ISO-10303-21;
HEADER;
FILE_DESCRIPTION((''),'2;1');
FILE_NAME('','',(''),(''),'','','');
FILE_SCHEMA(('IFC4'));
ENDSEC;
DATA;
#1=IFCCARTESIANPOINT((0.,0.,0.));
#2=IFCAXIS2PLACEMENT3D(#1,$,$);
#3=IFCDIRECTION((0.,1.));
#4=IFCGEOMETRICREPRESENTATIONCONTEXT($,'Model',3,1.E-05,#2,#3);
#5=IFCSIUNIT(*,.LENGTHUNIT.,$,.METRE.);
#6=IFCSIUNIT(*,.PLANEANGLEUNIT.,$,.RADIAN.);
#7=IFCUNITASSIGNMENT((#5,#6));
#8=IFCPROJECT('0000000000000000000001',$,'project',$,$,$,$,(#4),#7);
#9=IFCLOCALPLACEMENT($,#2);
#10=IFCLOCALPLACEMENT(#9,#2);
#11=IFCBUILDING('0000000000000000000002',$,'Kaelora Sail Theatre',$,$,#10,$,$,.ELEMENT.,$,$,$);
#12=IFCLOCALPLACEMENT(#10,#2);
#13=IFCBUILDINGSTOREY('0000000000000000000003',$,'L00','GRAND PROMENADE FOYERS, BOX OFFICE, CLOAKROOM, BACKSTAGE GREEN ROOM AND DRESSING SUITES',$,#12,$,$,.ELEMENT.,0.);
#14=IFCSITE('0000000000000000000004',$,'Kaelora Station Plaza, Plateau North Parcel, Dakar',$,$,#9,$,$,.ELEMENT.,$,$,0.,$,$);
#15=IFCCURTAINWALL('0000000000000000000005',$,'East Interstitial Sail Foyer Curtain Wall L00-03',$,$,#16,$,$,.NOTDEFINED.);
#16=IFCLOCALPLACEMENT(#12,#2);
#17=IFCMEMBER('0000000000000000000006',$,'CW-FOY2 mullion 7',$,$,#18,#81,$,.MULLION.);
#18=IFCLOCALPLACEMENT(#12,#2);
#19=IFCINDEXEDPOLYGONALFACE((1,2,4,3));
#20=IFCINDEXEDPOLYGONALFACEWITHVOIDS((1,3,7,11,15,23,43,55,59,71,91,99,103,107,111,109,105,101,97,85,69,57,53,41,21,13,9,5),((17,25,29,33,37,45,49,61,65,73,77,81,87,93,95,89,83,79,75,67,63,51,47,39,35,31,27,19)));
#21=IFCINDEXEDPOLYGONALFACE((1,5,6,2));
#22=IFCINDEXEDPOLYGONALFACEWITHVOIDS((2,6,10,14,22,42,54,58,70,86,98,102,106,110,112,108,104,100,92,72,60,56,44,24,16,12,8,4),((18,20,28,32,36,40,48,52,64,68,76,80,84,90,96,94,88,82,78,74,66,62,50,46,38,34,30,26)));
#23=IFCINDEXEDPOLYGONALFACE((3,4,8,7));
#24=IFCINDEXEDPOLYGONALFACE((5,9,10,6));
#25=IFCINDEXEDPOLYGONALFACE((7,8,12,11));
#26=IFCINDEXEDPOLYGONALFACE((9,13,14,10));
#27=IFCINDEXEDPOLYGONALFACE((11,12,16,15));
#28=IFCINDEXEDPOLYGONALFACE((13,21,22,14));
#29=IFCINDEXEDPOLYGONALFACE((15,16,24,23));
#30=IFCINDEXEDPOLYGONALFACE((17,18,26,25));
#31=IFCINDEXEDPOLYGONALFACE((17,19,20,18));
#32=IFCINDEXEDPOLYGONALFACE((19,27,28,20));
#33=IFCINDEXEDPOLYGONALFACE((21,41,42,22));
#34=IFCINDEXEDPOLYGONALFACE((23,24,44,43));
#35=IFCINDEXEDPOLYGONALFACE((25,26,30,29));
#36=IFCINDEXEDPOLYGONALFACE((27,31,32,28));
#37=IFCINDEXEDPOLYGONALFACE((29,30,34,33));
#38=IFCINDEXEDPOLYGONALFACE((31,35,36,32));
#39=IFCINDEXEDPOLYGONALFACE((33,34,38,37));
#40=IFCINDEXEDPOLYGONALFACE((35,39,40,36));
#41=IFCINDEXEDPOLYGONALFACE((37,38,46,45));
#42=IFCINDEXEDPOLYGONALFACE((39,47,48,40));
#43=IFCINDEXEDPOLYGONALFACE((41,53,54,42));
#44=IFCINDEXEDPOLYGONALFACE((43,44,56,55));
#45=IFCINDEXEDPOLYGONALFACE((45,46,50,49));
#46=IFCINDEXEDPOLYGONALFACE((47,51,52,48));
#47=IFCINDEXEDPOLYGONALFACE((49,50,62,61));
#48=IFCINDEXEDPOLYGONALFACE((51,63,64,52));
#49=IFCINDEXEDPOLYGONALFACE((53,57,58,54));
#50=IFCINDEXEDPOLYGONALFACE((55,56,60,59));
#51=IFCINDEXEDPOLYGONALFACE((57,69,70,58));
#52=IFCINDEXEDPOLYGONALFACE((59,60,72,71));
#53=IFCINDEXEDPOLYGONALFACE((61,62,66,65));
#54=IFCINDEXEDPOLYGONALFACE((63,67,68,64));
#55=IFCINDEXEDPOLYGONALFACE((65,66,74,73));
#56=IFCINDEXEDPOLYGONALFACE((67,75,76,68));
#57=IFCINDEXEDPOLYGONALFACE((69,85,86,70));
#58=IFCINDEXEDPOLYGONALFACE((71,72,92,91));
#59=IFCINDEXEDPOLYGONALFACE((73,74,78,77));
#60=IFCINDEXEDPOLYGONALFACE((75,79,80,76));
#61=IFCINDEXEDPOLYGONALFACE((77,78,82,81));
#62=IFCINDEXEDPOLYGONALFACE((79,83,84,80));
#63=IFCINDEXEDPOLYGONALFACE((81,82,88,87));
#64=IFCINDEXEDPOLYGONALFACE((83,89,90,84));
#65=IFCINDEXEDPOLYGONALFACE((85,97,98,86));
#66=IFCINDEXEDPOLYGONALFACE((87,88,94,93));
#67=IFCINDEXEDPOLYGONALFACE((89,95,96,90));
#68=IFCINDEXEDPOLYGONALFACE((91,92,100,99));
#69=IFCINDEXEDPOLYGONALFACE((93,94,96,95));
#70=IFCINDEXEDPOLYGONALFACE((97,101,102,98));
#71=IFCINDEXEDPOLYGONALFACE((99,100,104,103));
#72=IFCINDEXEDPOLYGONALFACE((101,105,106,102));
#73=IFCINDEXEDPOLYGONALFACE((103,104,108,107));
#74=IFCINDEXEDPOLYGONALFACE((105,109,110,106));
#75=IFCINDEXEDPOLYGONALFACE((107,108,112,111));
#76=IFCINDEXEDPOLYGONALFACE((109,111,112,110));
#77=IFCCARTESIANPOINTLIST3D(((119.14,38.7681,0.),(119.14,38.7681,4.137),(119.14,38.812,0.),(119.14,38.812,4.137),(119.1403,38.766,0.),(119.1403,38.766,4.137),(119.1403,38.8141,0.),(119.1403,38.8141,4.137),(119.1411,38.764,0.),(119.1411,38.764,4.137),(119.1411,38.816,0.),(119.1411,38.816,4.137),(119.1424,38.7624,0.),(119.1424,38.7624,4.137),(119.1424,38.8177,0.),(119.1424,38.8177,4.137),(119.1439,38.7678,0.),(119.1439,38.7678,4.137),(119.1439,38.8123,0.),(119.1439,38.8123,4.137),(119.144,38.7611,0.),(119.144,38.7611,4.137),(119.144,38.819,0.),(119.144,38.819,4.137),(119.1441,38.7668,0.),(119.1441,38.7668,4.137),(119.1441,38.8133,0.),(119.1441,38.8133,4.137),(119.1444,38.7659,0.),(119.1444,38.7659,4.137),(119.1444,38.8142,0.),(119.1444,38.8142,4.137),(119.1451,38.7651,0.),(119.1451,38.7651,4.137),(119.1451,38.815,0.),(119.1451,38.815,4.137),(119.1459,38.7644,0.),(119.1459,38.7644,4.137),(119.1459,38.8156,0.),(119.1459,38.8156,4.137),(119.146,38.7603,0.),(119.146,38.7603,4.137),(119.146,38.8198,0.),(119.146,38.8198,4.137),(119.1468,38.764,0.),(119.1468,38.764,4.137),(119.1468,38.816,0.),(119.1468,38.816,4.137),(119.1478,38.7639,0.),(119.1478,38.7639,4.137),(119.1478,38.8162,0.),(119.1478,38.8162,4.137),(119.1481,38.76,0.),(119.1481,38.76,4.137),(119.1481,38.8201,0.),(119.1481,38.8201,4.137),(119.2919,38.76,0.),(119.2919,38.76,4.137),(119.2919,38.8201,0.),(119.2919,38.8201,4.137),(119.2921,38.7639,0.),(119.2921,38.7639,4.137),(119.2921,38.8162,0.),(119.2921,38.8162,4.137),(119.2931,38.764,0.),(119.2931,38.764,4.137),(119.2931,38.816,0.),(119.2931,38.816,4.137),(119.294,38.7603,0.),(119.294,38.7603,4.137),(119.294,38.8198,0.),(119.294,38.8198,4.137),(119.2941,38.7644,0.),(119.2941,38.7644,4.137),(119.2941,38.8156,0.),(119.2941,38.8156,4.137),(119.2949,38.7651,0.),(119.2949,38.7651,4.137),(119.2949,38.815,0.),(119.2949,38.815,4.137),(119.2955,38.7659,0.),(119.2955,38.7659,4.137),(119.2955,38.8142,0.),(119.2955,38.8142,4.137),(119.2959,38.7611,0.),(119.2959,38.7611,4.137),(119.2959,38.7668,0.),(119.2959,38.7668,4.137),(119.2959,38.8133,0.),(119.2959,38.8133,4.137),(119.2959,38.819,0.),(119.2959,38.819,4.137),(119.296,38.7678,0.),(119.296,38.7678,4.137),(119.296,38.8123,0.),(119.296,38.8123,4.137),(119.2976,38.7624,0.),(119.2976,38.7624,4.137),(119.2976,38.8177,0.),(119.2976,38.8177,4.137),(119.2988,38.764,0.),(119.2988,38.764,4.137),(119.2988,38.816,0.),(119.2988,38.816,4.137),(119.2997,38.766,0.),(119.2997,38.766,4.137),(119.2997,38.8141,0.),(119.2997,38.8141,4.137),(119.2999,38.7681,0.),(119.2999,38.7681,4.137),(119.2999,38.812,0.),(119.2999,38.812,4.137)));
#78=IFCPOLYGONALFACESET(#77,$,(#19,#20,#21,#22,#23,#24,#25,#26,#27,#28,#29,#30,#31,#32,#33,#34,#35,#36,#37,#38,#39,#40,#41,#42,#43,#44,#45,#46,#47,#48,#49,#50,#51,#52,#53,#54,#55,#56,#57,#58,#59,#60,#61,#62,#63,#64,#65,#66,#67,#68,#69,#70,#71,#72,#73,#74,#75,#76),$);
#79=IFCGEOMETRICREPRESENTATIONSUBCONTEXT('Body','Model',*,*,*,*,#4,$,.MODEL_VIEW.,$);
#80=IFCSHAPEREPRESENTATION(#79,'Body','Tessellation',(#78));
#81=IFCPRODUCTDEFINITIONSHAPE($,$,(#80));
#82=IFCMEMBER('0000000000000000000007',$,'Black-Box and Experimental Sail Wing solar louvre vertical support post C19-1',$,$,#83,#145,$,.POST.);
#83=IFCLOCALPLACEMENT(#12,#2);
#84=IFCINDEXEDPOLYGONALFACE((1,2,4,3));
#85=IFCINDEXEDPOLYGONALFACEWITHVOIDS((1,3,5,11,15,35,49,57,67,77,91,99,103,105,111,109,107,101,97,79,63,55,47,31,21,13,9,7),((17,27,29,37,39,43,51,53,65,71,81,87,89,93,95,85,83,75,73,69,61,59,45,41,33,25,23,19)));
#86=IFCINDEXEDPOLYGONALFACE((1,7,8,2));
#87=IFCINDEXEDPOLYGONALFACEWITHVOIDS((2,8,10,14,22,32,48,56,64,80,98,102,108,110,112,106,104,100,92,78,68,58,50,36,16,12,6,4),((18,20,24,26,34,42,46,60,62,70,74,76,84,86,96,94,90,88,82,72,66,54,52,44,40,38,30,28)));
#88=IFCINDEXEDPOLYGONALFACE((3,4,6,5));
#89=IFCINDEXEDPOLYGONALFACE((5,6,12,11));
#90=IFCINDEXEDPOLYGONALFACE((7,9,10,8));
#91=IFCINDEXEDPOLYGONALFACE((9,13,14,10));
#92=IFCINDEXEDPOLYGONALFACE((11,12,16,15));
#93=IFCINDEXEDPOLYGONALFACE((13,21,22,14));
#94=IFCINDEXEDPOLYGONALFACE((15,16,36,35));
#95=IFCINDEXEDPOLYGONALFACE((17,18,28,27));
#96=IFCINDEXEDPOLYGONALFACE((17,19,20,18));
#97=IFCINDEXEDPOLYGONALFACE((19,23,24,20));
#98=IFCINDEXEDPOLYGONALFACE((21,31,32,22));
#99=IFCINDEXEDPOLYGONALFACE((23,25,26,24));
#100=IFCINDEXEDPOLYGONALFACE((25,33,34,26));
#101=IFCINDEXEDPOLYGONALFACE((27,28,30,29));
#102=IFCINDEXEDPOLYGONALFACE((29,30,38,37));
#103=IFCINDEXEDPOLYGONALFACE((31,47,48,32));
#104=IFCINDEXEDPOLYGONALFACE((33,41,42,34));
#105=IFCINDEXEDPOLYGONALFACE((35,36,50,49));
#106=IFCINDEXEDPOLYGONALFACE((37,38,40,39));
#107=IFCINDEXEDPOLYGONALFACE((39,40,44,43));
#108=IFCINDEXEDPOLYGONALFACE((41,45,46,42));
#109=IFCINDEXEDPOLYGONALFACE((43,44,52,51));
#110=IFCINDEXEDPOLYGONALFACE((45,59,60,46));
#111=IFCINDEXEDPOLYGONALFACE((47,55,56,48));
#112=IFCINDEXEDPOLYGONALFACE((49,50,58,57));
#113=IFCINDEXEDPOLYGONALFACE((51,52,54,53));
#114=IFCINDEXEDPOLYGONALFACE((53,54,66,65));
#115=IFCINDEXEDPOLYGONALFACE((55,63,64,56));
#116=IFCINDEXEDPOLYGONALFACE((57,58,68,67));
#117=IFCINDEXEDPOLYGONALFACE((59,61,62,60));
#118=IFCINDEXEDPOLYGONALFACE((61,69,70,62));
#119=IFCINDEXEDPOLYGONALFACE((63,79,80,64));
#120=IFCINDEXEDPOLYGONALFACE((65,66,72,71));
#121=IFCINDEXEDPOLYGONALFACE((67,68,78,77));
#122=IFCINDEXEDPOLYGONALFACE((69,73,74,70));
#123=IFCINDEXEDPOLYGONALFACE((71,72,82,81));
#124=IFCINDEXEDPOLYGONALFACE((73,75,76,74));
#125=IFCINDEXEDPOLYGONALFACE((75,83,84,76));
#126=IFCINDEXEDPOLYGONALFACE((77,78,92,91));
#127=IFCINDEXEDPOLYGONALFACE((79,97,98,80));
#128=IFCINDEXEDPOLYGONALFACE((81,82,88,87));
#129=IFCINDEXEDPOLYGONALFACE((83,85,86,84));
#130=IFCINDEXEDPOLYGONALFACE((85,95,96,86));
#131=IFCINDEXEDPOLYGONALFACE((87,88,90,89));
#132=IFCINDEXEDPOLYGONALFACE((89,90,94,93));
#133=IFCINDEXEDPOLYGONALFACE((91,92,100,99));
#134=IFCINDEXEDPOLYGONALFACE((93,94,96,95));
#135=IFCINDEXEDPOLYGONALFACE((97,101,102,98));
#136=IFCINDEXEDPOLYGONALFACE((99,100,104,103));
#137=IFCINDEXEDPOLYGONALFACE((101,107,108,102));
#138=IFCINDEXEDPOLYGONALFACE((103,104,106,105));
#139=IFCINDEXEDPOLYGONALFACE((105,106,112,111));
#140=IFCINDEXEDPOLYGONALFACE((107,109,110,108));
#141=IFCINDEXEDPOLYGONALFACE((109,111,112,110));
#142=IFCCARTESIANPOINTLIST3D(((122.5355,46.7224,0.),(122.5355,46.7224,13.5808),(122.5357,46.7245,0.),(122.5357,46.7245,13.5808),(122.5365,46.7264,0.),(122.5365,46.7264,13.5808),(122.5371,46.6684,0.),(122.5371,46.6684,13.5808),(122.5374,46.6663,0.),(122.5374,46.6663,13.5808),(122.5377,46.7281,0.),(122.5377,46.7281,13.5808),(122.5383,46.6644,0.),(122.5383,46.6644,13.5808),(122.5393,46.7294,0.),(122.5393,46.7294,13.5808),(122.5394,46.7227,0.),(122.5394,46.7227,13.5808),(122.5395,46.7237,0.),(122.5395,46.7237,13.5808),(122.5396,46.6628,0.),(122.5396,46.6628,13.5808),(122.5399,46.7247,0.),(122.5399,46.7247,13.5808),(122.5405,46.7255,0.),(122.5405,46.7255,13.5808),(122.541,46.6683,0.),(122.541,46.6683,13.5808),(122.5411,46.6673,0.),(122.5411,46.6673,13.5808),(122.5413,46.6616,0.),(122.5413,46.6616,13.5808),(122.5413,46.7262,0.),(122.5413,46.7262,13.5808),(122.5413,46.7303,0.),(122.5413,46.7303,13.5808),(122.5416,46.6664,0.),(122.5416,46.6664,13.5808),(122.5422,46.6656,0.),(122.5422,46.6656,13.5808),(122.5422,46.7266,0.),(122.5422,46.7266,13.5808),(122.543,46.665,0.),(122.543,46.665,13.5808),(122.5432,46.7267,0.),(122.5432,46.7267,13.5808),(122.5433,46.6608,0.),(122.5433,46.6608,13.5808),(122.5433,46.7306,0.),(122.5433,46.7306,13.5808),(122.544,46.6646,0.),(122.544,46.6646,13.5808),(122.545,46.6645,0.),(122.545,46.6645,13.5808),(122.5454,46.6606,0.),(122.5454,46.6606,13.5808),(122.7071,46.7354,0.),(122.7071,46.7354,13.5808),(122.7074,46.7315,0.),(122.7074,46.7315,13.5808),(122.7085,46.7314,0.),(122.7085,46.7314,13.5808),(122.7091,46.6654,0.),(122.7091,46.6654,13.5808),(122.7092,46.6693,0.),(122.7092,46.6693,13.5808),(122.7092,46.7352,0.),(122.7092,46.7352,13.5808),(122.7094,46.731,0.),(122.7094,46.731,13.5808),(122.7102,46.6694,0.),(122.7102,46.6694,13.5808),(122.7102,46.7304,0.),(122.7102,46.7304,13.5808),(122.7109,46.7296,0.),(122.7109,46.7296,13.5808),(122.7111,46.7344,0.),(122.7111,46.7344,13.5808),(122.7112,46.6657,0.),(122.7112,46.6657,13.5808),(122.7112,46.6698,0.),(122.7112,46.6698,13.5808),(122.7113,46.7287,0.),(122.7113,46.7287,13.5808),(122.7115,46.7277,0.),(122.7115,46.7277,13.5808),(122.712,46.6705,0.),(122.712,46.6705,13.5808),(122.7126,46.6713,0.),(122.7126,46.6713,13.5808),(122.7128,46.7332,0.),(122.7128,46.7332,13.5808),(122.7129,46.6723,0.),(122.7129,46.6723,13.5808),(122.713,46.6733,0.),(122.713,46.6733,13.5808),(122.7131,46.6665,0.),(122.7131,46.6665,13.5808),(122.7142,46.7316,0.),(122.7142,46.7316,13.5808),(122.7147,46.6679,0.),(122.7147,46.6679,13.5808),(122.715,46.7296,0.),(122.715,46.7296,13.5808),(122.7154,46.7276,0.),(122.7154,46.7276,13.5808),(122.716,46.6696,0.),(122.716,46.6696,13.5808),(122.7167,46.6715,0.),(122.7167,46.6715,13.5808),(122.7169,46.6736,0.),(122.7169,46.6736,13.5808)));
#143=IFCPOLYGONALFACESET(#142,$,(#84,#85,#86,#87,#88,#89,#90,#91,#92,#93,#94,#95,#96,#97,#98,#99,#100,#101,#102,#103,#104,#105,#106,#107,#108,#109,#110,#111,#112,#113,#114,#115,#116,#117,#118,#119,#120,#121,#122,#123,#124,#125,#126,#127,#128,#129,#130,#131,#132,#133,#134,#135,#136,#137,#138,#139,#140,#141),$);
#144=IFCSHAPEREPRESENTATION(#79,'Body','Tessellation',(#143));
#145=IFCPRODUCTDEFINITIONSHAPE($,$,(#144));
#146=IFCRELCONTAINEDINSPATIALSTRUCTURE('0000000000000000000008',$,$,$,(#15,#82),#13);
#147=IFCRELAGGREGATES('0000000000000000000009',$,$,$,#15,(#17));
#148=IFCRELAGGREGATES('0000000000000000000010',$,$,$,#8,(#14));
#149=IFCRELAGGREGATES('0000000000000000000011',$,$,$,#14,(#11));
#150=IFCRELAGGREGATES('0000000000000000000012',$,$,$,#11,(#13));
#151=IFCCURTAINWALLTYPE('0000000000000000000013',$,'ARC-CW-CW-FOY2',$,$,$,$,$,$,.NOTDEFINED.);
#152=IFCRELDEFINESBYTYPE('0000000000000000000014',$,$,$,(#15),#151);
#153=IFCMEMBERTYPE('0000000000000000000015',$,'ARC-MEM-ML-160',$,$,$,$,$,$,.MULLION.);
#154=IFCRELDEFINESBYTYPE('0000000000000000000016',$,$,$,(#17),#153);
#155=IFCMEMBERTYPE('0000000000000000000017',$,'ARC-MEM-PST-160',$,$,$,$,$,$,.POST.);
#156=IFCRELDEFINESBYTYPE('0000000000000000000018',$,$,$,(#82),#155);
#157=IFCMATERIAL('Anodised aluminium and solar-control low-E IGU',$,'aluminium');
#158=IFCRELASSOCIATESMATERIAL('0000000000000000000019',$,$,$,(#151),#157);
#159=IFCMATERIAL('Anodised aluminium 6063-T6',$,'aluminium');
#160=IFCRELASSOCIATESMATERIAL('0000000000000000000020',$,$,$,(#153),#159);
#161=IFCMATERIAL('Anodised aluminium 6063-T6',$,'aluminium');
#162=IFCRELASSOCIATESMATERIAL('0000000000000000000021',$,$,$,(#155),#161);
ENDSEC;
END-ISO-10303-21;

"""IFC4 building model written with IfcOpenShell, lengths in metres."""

from ifc_helpers import new_model, si_unit, direction, frame, origin, origin_2d, place, context, subcontext, project, spatial, hollow_rectangle, extrude, material, material_profile, profile_set, type_object, element, aggregate, save


model = new_model("IFC4")

# Units and contexts
model_context = context("Model", 3, precision=1e-05, world=origin(), true_north=direction((0.0, 1.0)))
body_context = subcontext(model_context, "Body", "Model", "MODEL_VIEW")
ifc_project = project(units=[si_unit("LENGTHUNIT", "METRE"), si_unit("PLANEANGLEUNIT", "RADIAN")], contexts=[model_context])

# Site, building, storey
site_placement = place(None, origin())
site = spatial("IfcSite", under=ifc_project, at=site_placement, Name="Kaelora Station Plaza, Plateau North Parcel, Dakar", CompositionType="ELEMENT", RefElevation=0.0)
building_placement = place(site_placement, origin())
building = spatial("IfcBuilding", under=site, at=building_placement, Name="Kaelora Sail Theatre", CompositionType="ELEMENT")
storey_placement = place(building_placement, origin())
storey = spatial("IfcBuildingStorey", under=building, at=storey_placement, Name="L00", Description="GRAND PROMENADE FOYERS, BOX OFFICE, CLOAKROOM, BACKSTAGE GREEN ROOM AND DRESSING SUITES", CompositionType="ELEMENT", Elevation=0.0)

# Curtain wall, member
ifc_material_1 = material(Name="Anodised aluminium and solar-control low-E IGU", Category="aluminium")
curtain_wall_type = type_object("IfcCurtainWallType", Name="ARC-CW-CW-FOY2", PredefinedType="NOTDEFINED", material=ifc_material_1)
curtain_wall_placement = place(storey_placement, origin())
curtain_wall = element("IfcCurtainWall", 1, at=curtain_wall_placement, inside=storey, type_object=curtain_wall_type, Name="East Interstitial Sail Foyer Curtain Wall L00-03", PredefinedType="NOTDEFINED")
ifc_material_2 = material(Name="Anodised aluminium 6063-T6", Category="aluminium")
ifc_material_profile_1 = material_profile(ifc_material_2, hollow_rectangle(XDim=0.0601, YDim=0.1599, WallThickness=0.0039, InnerFilletRadius=0.0039, OuterFilletRadius=0.0081, at=origin_2d()), Name="ALU-MULL 60x160x4")
ifc_profile_set_1 = profile_set([ifc_material_profile_1], Name="Anodised aluminium 6063-T6")
member_type_1 = type_object("IfcMemberType", Name="ARC-MEM-ML-160", PredefinedType="MULLION", material=ifc_profile_set_1)
member_1_placement = place(storey_placement, frame((119.22, 38.79, 0.0), z_axis=(0.0, 0.0, 1.0), x_axis=(0.0, 1.0, 0.0)))
member_1 = element("IfcMember", 2, at=member_1_placement, type_object=member_type_1, Name="CW-FOY2 mullion 7", PredefinedType="MULLION", context=body_context, shape_type="SweptSolid", body=[
    extrude(hollow_rectangle(XDim=0.0601, YDim=0.1599, WallThickness=0.0039, InnerFilletRadius=0.0039, OuterFilletRadius=0.0081, at=origin_2d()), origin(), (0.0, 0.0, 1.0), 4.137),
])

# Member
ifc_material_3 = material(Name="Anodised aluminium 6063-T6", Category="aluminium")
ifc_material_profile_2 = material_profile(ifc_material_3, hollow_rectangle(XDim=0.0701, YDim=0.1799, WallThickness=0.0039, InnerFilletRadius=0.0039, OuterFilletRadius=0.0081, at=origin_2d()), Name="ALU-MULL 70x180x4")
ifc_profile_set_2 = profile_set([ifc_material_profile_2], Name="Anodised aluminium 6063-T6")
member_type_2 = type_object("IfcMemberType", Name="ARC-MEM-PST-160", PredefinedType="POST", material=ifc_profile_set_2)
member_2_placement = place(storey_placement, frame((122.6262, 46.698, 0.0), z_axis=(0.0, 0.0, 1.0), x_axis=(-0.028968, 0.99958, 0.0)))
element("IfcMember", 3, at=member_2_placement, inside=storey, type_object=member_type_2, Name="Black-Box and Experimental Sail Wing solar louvre vertical support post C19-1", PredefinedType="POST", context=body_context, shape_type="SweptSolid", body=[
    extrude(hollow_rectangle(XDim=0.0701, YDim=0.1799, WallThickness=0.0039, InnerFilletRadius=0.0039, OuterFilletRadius=0.0081, at=origin_2d()), origin(), (0.0, 0.0, 1.0), 13.5808),
])

aggregate(curtain_wall, [member_1])

save(model, "model.ifc")
